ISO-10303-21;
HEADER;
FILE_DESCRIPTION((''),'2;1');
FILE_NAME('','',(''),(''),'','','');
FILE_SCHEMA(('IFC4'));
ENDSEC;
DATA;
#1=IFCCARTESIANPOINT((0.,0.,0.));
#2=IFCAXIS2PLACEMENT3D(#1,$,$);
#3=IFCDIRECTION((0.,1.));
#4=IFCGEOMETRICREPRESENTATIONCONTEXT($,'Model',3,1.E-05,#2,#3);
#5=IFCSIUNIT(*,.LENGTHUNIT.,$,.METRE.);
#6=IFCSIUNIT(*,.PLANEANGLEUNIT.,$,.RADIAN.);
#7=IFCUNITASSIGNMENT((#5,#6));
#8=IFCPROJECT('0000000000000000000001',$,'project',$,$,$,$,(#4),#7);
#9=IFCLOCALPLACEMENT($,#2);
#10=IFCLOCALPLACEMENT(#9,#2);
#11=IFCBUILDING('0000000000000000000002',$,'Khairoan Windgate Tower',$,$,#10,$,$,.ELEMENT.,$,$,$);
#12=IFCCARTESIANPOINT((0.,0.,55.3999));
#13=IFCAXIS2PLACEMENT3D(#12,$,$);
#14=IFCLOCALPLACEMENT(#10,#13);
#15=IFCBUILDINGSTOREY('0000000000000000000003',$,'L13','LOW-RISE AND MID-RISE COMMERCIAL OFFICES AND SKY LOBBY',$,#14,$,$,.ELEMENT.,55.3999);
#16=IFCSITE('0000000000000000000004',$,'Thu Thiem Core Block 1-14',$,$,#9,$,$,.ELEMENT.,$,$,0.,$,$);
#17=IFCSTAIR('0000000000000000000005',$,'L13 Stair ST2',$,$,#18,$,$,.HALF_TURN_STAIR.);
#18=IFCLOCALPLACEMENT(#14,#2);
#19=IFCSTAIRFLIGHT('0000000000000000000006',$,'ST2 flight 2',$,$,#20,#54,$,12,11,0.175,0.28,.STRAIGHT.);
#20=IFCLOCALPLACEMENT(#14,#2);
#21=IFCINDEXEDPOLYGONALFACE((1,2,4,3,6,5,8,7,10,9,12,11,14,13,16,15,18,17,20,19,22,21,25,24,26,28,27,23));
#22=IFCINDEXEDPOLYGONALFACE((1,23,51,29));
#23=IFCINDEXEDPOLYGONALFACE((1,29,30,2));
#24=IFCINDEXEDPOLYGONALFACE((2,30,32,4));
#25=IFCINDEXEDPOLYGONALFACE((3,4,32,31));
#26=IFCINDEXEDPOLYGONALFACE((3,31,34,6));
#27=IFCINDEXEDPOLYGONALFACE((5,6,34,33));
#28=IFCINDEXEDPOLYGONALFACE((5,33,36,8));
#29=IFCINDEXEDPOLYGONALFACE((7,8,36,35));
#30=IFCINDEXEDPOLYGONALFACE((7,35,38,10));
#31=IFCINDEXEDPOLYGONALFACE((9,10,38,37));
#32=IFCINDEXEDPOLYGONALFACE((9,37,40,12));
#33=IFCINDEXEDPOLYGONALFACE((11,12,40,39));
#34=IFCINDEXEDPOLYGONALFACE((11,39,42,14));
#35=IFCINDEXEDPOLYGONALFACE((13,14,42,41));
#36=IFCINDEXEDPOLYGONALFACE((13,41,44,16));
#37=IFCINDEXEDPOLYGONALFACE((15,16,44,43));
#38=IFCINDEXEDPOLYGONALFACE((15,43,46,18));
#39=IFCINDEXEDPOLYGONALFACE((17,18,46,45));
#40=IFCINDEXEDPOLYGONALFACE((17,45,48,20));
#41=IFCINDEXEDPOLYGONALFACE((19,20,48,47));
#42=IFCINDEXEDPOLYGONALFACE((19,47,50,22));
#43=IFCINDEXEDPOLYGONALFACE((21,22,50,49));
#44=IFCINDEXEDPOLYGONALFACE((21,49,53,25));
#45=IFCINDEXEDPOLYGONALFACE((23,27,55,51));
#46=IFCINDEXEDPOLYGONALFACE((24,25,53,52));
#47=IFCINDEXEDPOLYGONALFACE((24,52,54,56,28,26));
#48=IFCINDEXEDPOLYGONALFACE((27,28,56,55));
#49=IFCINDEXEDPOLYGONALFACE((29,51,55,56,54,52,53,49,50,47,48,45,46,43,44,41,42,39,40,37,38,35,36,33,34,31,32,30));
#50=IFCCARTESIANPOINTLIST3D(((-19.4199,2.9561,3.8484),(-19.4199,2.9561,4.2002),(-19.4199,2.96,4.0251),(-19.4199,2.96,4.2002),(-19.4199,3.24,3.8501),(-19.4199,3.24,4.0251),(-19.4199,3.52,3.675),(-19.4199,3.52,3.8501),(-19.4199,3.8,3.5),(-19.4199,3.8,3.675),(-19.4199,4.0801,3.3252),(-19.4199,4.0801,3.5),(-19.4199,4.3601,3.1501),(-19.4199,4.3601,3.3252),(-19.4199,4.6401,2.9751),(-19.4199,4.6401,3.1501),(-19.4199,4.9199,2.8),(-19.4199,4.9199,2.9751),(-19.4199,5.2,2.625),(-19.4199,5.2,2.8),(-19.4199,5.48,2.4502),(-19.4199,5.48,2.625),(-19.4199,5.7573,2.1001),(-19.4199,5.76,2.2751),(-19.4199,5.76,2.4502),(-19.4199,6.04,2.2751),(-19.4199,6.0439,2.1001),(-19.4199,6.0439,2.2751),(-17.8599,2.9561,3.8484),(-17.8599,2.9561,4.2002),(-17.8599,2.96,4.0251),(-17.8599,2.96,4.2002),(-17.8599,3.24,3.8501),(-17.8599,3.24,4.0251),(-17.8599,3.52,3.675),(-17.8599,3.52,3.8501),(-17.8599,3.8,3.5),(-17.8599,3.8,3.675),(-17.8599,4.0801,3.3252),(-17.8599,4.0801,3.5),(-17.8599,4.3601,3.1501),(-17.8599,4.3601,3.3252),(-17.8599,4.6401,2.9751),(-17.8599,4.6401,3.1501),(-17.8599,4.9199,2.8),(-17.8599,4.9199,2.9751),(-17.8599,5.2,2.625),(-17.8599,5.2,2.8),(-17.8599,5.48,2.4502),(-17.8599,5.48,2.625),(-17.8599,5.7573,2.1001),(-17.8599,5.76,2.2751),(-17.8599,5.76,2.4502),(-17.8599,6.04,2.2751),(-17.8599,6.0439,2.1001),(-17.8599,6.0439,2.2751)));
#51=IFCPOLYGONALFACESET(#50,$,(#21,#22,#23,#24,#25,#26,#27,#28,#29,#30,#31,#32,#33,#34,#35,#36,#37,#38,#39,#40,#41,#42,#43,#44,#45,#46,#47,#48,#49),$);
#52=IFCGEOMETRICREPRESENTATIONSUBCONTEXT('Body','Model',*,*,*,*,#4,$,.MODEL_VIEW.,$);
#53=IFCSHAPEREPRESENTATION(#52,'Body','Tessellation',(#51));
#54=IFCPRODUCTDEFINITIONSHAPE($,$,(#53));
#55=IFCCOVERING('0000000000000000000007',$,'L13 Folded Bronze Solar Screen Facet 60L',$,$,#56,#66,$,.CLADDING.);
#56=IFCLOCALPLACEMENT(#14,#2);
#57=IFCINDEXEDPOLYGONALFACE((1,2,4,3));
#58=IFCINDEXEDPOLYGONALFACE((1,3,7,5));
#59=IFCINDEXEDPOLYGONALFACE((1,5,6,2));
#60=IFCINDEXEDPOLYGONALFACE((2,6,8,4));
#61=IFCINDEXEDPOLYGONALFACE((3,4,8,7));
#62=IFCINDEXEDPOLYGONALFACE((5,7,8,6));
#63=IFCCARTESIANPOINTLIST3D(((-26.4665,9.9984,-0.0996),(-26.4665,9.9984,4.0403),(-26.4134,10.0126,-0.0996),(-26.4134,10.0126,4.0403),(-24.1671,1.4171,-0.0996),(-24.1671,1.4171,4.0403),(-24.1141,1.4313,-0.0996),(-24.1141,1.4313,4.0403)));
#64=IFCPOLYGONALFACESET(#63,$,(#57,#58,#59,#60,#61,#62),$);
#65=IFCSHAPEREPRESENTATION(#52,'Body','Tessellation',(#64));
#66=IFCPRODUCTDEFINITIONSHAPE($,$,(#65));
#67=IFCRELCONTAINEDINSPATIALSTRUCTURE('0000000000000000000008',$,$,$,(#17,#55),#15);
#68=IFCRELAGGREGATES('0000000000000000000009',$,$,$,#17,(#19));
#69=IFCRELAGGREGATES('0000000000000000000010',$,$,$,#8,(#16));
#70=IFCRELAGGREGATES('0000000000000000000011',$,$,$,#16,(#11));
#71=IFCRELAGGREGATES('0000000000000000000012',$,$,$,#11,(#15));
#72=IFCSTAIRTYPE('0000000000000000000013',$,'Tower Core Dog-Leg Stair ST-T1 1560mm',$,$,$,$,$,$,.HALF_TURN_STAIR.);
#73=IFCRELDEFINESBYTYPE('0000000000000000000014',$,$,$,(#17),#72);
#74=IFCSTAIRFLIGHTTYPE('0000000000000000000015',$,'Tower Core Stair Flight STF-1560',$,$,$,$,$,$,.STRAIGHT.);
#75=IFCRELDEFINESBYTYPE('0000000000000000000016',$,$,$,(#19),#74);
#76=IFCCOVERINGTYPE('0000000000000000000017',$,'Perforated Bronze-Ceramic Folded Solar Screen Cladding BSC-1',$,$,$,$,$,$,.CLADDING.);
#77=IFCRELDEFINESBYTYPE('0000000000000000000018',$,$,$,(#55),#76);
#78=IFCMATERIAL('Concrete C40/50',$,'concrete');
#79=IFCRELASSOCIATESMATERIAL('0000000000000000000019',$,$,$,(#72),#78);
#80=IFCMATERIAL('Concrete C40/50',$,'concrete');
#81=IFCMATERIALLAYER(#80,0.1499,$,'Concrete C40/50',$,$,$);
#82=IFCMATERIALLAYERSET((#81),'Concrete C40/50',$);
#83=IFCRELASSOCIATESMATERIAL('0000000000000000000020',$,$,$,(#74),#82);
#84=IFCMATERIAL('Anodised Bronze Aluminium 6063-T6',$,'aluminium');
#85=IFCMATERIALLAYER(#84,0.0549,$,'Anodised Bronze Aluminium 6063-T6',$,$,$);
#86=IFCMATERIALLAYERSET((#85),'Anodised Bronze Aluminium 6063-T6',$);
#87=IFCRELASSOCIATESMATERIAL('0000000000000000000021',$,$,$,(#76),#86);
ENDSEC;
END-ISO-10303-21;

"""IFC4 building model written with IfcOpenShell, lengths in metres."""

from ifc_helpers import new_model, si_unit, direction, frame, origin, origin_2d, place, context, subcontext, project, spatial, polyline, rectangle, outline, extrude, material, layer, layer_set, type_object, element, aggregate, save


model = new_model("IFC4")

# Units and contexts
model_context = context("Model", 3, precision=1e-05, world=origin(), true_north=direction((0.0, 1.0)))
body_context = subcontext(model_context, "Body", "Model", "MODEL_VIEW")
ifc_project = project(units=[si_unit("LENGTHUNIT", "METRE"), si_unit("PLANEANGLEUNIT", "RADIAN")], contexts=[model_context])

# Site, building, storey
site_placement = place(None, origin())
site = spatial("IfcSite", under=ifc_project, at=site_placement, Name="Thu Thiem Core Block 1-14", CompositionType="ELEMENT", RefElevation=0.0)
building_placement = place(site_placement, origin())
building = spatial("IfcBuilding", under=site, at=building_placement, Name="Khairoan Windgate Tower", CompositionType="ELEMENT")
storey_placement = place(building_placement, frame((0.0, 0.0, 55.3999)))
storey = spatial("IfcBuildingStorey", under=building, at=storey_placement, Name="L13", Description="LOW-RISE AND MID-RISE COMMERCIAL OFFICES AND SKY LOBBY", CompositionType="ELEMENT", Elevation=55.3999)

# Stair, stair flight
ifc_material_1 = material(Name="Concrete C40/50", Category="concrete")
stair_type = type_object("IfcStairType", Name="Tower Core Dog-Leg Stair ST-T1 1560mm", PredefinedType="HALF_TURN_STAIR", material=ifc_material_1)
stair_placement = place(storey_placement, origin())
stair = element("IfcStair", 1, at=stair_placement, inside=storey, type_object=stair_type, Name="L13 Stair ST2", PredefinedType="HALF_TURN_STAIR")
ifc_material_2 = material(Name="Concrete C40/50", Category="concrete")
ifc_layer_1 = layer(ifc_material_2, 0.1499, Name="Concrete C40/50")
ifc_layer_set_1 = layer_set([ifc_layer_1], Name="Concrete C40/50")
stair_flight_type = type_object("IfcStairFlightType", Name="Tower Core Stair Flight STF-1560", PredefinedType="STRAIGHT", material=ifc_layer_set_1)
stair_flight_1_placement = place(storey_placement, frame((-18.6399, 6.04, 2.1001), z_axis=(0.0, 0.0, 1.0), x_axis=(0.0, -1.0, 0.0)))
stair_flight_1 = element("IfcStairFlight", 2, at=stair_flight_1_placement, type_object=stair_flight_type, Name="ST2 flight 2", NumberOfRisers=12, NumberOfTreads=11, PredefinedType="STRAIGHT", RiserHeight=0.175, TreadLength=0.28, context=body_context, shape_type="SweptSolid", body=[
    extrude(outline(polyline([(-0.0039, 0.0), (-0.0039, 0.175), (0.0, 0.175), (0.28, 0.175), (0.28, 0.3501), (0.5601, 0.3501), (0.5601, 0.5249), (0.8401, 0.5249), (0.8401, 0.7), (1.1201, 0.7), (1.1201, 0.875), (1.3999, 0.875), (1.3999, 1.05), (1.6799, 1.05), (1.6799, 1.2251), (1.96, 1.2251), (1.96, 1.3999), (2.24, 1.3999), (2.24, 1.575), (2.52, 1.575), (2.52, 1.75), (2.8, 1.75), (2.8, 1.925), (3.0801, 1.925), (3.0801, 2.1001), (3.084, 2.1001), (3.084, 1.7483), (0.2827, 0.0), (-0.0039, 0.0)])), frame((0.0, 0.78, 0.0), z_axis=(0.0, -1.0, 0.0), x_axis=(1.0, 0.0, 0.0)), (0.0, 0.0, 1.0), 1.5601),
])
aggregate(stair, [stair_flight_1])

# Covering
ifc_material_3 = material(Name="Anodised Bronze Aluminium 6063-T6", Category="aluminium")
ifc_layer_2 = layer(ifc_material_3, 0.0549, Name="Anodised Bronze Aluminium 6063-T6")
ifc_layer_set_2 = layer_set([ifc_layer_2], Name="Anodised Bronze Aluminium 6063-T6")
covering_type = type_object("IfcCoveringType", Name="Perforated Bronze-Ceramic Folded Solar Screen Cladding BSC-1", PredefinedType="CLADDING", material=ifc_layer_set_2)
covering_placement = place(storey_placement, frame((-25.2903, 5.7148, -0.0996), z_axis=(0.0, 0.0, 1.0), x_axis=(-0.258819, 0.965926, 0.0)))
element("IfcCovering", 3, at=covering_placement, inside=storey, type_object=covering_type, Name="L13 Folded Bronze Solar Screen Facet 60L", PredefinedType="CLADDING", context=body_context, shape_type="SweptSolid", body=[
    extrude(rectangle(XDim=8.884, YDim=0.0549, at=origin_2d()), origin(), (0.0, 0.0, 1.0), 4.1399),
])

save(model, "model.ifc")
